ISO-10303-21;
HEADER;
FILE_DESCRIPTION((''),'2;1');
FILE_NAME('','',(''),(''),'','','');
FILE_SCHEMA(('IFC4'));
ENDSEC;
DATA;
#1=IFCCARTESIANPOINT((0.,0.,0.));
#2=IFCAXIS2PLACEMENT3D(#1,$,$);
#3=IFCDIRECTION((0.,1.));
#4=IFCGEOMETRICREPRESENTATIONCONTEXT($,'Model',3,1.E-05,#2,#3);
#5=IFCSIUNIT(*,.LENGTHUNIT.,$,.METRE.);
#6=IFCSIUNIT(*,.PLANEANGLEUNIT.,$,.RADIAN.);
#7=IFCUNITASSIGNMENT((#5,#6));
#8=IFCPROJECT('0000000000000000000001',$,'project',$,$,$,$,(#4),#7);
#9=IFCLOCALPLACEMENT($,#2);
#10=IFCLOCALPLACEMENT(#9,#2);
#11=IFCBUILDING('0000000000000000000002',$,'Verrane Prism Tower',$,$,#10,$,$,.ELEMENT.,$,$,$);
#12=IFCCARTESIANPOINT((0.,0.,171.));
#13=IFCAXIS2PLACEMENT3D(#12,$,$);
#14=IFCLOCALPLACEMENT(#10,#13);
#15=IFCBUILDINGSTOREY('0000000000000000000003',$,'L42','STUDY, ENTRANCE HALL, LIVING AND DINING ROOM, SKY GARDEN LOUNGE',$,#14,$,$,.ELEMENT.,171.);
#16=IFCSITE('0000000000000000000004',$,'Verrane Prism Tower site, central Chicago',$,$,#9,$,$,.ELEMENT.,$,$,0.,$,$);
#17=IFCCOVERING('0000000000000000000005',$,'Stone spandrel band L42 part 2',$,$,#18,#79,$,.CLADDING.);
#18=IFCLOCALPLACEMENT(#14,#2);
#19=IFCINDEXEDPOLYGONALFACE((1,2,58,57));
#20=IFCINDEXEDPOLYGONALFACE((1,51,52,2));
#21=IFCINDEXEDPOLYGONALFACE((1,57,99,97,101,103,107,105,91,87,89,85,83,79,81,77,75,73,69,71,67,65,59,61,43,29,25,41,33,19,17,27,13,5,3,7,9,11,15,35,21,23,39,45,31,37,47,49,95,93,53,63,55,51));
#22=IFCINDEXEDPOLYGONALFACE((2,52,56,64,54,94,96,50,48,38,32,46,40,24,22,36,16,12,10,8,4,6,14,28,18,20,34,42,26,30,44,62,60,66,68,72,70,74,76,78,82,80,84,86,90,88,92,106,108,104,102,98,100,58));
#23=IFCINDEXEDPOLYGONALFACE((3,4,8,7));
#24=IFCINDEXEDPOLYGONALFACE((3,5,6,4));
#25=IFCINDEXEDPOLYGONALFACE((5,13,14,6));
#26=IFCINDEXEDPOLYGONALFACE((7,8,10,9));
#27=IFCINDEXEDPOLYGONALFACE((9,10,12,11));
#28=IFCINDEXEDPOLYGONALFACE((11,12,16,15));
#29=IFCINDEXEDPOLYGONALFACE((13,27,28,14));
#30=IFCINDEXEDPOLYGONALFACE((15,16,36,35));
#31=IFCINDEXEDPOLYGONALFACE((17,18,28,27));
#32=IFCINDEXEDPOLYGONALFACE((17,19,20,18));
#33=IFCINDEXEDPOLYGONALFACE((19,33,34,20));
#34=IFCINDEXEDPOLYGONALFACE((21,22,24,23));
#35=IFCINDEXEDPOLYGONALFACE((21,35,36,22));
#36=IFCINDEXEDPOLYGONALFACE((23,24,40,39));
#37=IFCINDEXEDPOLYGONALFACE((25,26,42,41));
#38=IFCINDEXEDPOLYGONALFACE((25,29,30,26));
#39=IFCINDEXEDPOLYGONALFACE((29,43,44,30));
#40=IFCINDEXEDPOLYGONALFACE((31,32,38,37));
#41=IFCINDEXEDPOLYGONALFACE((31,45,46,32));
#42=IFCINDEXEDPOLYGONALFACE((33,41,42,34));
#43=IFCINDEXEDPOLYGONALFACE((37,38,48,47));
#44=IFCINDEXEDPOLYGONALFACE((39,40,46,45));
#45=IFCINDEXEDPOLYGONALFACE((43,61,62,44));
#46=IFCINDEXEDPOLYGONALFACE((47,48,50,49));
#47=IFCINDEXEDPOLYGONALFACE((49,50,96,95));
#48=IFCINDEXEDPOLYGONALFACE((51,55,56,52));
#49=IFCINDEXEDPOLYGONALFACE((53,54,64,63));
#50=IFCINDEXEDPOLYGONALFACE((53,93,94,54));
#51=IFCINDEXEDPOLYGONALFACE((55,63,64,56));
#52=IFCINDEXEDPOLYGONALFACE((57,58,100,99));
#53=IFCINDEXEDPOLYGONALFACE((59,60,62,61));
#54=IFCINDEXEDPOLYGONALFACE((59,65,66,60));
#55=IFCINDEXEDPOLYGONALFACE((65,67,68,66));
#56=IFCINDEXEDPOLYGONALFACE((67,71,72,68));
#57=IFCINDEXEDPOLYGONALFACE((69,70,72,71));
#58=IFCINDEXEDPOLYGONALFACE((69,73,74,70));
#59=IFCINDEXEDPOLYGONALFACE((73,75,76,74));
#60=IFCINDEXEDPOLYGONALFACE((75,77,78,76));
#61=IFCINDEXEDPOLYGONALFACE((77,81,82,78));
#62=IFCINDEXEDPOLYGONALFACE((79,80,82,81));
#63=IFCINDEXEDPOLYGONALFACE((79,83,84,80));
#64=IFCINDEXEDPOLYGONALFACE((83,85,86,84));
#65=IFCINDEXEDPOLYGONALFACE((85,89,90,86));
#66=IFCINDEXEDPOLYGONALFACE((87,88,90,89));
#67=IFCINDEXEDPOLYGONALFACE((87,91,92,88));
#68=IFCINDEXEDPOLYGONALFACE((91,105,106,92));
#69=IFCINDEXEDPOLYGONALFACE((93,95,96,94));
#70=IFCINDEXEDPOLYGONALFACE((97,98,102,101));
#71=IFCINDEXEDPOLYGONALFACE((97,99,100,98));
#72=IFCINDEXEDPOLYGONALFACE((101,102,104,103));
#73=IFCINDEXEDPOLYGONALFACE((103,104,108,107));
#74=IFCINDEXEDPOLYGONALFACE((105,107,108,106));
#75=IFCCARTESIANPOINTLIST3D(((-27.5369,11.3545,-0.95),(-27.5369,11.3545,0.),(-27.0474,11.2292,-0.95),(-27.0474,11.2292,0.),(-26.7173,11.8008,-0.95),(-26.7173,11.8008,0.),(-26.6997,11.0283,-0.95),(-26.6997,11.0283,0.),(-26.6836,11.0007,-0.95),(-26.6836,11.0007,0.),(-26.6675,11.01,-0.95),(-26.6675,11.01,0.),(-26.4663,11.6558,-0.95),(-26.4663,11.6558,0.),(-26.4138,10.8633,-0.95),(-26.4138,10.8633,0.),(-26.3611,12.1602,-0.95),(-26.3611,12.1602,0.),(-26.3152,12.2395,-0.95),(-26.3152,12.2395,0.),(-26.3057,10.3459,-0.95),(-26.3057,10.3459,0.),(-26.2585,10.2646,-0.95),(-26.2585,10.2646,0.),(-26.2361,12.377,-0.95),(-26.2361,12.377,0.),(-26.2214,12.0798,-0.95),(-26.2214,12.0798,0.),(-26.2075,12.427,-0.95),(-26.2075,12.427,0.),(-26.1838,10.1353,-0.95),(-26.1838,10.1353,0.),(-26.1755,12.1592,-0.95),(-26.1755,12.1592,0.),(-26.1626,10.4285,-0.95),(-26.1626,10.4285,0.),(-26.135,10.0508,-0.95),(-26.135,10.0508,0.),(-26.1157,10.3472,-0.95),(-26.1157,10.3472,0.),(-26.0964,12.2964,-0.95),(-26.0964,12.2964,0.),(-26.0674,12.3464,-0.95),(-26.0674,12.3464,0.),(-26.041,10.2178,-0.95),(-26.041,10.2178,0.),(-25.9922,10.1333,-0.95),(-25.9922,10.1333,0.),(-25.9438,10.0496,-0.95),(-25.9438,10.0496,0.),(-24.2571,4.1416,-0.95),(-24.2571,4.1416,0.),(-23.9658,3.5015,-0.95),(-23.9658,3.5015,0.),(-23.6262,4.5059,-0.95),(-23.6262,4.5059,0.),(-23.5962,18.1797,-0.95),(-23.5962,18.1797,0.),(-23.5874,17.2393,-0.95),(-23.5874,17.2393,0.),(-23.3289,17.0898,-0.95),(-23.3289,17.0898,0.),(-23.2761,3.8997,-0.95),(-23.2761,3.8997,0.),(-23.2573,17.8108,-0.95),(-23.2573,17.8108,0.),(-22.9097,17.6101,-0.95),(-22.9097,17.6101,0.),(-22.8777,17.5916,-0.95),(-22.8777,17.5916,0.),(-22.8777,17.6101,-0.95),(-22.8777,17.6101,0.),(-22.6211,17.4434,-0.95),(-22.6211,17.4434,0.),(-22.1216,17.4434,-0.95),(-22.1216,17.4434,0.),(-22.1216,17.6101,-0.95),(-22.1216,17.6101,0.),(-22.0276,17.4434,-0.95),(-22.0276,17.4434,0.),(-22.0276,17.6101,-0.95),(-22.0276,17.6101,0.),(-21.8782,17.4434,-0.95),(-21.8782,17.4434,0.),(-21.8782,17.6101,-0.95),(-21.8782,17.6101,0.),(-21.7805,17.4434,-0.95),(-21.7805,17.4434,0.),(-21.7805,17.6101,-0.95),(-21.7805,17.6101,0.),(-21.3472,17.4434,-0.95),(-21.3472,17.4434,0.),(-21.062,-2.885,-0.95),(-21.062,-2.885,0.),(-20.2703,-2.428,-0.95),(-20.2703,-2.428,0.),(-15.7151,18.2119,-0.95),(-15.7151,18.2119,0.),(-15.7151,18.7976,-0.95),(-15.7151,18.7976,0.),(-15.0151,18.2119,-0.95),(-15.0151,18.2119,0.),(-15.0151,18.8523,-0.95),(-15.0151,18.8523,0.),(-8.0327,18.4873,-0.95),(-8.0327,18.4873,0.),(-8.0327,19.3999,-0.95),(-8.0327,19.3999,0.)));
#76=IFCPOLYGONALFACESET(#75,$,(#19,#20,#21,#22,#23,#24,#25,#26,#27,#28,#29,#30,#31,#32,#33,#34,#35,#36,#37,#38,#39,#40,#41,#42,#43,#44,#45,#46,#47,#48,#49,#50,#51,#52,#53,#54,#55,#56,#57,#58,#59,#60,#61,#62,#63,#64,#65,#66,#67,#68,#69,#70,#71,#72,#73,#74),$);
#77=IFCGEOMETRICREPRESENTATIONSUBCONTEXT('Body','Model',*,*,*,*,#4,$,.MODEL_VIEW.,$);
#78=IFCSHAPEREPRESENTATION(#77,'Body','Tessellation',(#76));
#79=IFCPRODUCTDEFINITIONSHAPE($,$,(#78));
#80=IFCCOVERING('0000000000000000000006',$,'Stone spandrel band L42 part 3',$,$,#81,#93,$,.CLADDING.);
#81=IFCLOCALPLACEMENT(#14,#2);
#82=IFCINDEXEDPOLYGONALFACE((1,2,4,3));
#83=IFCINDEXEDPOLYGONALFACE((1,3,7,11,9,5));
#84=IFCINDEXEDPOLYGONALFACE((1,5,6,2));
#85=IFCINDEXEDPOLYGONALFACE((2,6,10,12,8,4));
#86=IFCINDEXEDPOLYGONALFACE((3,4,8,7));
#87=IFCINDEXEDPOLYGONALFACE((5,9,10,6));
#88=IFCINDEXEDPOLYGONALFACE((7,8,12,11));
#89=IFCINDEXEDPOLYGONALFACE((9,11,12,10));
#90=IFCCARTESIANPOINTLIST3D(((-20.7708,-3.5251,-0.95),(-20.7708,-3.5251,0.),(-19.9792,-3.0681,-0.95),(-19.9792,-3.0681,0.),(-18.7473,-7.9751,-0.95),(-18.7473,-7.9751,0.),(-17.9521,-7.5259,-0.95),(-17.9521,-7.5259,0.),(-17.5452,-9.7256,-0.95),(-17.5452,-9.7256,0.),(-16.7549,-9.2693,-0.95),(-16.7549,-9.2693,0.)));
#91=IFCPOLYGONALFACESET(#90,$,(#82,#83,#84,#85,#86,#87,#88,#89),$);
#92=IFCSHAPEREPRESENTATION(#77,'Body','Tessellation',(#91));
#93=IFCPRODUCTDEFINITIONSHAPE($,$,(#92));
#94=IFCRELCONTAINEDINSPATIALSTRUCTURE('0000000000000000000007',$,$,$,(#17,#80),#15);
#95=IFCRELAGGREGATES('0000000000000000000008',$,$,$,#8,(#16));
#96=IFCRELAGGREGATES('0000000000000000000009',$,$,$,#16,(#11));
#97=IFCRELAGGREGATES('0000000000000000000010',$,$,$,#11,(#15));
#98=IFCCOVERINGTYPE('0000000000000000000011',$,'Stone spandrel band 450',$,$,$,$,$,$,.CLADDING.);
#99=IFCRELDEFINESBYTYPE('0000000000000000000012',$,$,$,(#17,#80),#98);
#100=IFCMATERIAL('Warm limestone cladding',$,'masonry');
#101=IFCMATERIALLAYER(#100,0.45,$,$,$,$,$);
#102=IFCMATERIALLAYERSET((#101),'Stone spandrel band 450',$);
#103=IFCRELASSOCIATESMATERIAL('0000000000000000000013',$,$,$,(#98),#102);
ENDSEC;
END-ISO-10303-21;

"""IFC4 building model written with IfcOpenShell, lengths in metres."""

from ifc_helpers import new_model, si_unit, direction, frame, origin, place, context, subcontext, project, spatial, polyline, outline, extrude, material, layer, layer_set, type_object, element, save


model = new_model("IFC4")

# Units and contexts
model_context = context("Model", 3, precision=1e-05, world=origin(), true_north=direction((0.0, 1.0)))
body_context = subcontext(model_context, "Body", "Model", "MODEL_VIEW")
ifc_project = project(units=[si_unit("LENGTHUNIT", "METRE"), si_unit("PLANEANGLEUNIT", "RADIAN")], contexts=[model_context])

# Site, building, storey
site_placement = place(None, origin())
site = spatial("IfcSite", under=ifc_project, at=site_placement, Name="Verrane Prism Tower site, central Chicago", CompositionType="ELEMENT", RefElevation=0.0)
building_placement = place(site_placement, origin())
building = spatial("IfcBuilding", under=site, at=building_placement, Name="Verrane Prism Tower", CompositionType="ELEMENT")
storey_placement = place(building_placement, frame((0.0, 0.0, 171.0)))
storey = spatial("IfcBuildingStorey", under=building, at=storey_placement, Name="L42", Description="STUDY, ENTRANCE HALL, LIVING AND DINING ROOM, SKY GARDEN LOUNGE", CompositionType="ELEMENT", Elevation=171.0)

# Coverings
ifc_material_1 = material(Name="Warm limestone cladding", Category="masonry")
ifc_layer_1 = layer(ifc_material_1, 0.45)
ifc_layer_set_1 = layer_set([ifc_layer_1], Name="Stone spandrel band 450")
covering_type_1 = type_object("IfcCoveringType", Name="Stone spandrel band 450", PredefinedType="CLADDING", material=ifc_layer_set_1)
covering_1_placement = place(storey_placement, frame((0.0, 0.0, -0.95)))
element("IfcCovering", 1, at=covering_1_placement, inside=storey, type_object=covering_type_1, Name="Stone spandrel band L42 part 2", PredefinedType="CLADDING", context=body_context, shape_type="SweptSolid", body=[
    extrude(outline(polyline([(-20.2703, -2.428), (-25.9438, 10.0496), (-25.9922, 10.1333), (-26.135, 10.0508), (-26.1838, 10.1353), (-26.041, 10.2178), (-26.1157, 10.3472), (-26.2585, 10.2646), (-26.3057, 10.3459), (-26.1626, 10.4285), (-26.4138, 10.8633), (-26.6675, 11.01), (-26.6836, 11.0007), (-26.6997, 11.0283), (-27.0474, 11.2292), (-26.7173, 11.8008), (-26.4663, 11.6558), (-26.2214, 12.0798), (-26.3611, 12.1602), (-26.3152, 12.2395), (-26.1755, 12.1592), (-26.0964, 12.2964), (-26.2361, 12.377), (-26.2075, 12.427), (-26.0674, 12.3464), (-23.3289, 17.0898), (-23.5874, 17.2393), (-23.2573, 17.8108), (-22.9097, 17.6101), (-22.8777, 17.6101), (-22.8777, 17.5916), (-22.6211, 17.4434), (-22.1216, 17.4434), (-22.1216, 17.6101), (-22.0276, 17.6101), (-22.0276, 17.4434), (-21.8782, 17.4434), (-21.8782, 17.6101), (-21.7805, 17.6101), (-21.7805, 17.4434), (-21.3472, 17.4434), (-8.0327, 18.4873), (-8.0327, 19.3999), (-15.0151, 18.8523), (-15.0151, 18.2119), (-15.7151, 18.2119), (-15.7151, 18.7976), (-23.5962, 18.1797), (-27.5369, 11.3545), (-24.2571, 4.1416), (-23.6262, 4.5059), (-23.2761, 3.8997), (-23.9658, 3.5015), (-21.062, -2.885), (-20.2703, -2.428)])), origin(), (0.0, 0.0, 1.0), 0.95),
])
covering_2_placement = place(storey_placement, frame((0.0, 0.0, -0.95)))
element("IfcCovering", 2, at=covering_2_placement, inside=storey, type_object=covering_type_1, Name="Stone spandrel band L42 part 3", PredefinedType="CLADDING", context=body_context, shape_type="SweptSolid", body=[
    extrude(outline(polyline([(-17.5452, -9.7256), (-16.7549, -9.2693), (-17.9521, -7.5259), (-19.9792, -3.0681), (-20.7708, -3.5251), (-18.7473, -7.9751), (-17.5452, -9.7256)])), origin(), (0.0, 0.0, 1.0), 0.95),
])

save(model, "model.ifc")
